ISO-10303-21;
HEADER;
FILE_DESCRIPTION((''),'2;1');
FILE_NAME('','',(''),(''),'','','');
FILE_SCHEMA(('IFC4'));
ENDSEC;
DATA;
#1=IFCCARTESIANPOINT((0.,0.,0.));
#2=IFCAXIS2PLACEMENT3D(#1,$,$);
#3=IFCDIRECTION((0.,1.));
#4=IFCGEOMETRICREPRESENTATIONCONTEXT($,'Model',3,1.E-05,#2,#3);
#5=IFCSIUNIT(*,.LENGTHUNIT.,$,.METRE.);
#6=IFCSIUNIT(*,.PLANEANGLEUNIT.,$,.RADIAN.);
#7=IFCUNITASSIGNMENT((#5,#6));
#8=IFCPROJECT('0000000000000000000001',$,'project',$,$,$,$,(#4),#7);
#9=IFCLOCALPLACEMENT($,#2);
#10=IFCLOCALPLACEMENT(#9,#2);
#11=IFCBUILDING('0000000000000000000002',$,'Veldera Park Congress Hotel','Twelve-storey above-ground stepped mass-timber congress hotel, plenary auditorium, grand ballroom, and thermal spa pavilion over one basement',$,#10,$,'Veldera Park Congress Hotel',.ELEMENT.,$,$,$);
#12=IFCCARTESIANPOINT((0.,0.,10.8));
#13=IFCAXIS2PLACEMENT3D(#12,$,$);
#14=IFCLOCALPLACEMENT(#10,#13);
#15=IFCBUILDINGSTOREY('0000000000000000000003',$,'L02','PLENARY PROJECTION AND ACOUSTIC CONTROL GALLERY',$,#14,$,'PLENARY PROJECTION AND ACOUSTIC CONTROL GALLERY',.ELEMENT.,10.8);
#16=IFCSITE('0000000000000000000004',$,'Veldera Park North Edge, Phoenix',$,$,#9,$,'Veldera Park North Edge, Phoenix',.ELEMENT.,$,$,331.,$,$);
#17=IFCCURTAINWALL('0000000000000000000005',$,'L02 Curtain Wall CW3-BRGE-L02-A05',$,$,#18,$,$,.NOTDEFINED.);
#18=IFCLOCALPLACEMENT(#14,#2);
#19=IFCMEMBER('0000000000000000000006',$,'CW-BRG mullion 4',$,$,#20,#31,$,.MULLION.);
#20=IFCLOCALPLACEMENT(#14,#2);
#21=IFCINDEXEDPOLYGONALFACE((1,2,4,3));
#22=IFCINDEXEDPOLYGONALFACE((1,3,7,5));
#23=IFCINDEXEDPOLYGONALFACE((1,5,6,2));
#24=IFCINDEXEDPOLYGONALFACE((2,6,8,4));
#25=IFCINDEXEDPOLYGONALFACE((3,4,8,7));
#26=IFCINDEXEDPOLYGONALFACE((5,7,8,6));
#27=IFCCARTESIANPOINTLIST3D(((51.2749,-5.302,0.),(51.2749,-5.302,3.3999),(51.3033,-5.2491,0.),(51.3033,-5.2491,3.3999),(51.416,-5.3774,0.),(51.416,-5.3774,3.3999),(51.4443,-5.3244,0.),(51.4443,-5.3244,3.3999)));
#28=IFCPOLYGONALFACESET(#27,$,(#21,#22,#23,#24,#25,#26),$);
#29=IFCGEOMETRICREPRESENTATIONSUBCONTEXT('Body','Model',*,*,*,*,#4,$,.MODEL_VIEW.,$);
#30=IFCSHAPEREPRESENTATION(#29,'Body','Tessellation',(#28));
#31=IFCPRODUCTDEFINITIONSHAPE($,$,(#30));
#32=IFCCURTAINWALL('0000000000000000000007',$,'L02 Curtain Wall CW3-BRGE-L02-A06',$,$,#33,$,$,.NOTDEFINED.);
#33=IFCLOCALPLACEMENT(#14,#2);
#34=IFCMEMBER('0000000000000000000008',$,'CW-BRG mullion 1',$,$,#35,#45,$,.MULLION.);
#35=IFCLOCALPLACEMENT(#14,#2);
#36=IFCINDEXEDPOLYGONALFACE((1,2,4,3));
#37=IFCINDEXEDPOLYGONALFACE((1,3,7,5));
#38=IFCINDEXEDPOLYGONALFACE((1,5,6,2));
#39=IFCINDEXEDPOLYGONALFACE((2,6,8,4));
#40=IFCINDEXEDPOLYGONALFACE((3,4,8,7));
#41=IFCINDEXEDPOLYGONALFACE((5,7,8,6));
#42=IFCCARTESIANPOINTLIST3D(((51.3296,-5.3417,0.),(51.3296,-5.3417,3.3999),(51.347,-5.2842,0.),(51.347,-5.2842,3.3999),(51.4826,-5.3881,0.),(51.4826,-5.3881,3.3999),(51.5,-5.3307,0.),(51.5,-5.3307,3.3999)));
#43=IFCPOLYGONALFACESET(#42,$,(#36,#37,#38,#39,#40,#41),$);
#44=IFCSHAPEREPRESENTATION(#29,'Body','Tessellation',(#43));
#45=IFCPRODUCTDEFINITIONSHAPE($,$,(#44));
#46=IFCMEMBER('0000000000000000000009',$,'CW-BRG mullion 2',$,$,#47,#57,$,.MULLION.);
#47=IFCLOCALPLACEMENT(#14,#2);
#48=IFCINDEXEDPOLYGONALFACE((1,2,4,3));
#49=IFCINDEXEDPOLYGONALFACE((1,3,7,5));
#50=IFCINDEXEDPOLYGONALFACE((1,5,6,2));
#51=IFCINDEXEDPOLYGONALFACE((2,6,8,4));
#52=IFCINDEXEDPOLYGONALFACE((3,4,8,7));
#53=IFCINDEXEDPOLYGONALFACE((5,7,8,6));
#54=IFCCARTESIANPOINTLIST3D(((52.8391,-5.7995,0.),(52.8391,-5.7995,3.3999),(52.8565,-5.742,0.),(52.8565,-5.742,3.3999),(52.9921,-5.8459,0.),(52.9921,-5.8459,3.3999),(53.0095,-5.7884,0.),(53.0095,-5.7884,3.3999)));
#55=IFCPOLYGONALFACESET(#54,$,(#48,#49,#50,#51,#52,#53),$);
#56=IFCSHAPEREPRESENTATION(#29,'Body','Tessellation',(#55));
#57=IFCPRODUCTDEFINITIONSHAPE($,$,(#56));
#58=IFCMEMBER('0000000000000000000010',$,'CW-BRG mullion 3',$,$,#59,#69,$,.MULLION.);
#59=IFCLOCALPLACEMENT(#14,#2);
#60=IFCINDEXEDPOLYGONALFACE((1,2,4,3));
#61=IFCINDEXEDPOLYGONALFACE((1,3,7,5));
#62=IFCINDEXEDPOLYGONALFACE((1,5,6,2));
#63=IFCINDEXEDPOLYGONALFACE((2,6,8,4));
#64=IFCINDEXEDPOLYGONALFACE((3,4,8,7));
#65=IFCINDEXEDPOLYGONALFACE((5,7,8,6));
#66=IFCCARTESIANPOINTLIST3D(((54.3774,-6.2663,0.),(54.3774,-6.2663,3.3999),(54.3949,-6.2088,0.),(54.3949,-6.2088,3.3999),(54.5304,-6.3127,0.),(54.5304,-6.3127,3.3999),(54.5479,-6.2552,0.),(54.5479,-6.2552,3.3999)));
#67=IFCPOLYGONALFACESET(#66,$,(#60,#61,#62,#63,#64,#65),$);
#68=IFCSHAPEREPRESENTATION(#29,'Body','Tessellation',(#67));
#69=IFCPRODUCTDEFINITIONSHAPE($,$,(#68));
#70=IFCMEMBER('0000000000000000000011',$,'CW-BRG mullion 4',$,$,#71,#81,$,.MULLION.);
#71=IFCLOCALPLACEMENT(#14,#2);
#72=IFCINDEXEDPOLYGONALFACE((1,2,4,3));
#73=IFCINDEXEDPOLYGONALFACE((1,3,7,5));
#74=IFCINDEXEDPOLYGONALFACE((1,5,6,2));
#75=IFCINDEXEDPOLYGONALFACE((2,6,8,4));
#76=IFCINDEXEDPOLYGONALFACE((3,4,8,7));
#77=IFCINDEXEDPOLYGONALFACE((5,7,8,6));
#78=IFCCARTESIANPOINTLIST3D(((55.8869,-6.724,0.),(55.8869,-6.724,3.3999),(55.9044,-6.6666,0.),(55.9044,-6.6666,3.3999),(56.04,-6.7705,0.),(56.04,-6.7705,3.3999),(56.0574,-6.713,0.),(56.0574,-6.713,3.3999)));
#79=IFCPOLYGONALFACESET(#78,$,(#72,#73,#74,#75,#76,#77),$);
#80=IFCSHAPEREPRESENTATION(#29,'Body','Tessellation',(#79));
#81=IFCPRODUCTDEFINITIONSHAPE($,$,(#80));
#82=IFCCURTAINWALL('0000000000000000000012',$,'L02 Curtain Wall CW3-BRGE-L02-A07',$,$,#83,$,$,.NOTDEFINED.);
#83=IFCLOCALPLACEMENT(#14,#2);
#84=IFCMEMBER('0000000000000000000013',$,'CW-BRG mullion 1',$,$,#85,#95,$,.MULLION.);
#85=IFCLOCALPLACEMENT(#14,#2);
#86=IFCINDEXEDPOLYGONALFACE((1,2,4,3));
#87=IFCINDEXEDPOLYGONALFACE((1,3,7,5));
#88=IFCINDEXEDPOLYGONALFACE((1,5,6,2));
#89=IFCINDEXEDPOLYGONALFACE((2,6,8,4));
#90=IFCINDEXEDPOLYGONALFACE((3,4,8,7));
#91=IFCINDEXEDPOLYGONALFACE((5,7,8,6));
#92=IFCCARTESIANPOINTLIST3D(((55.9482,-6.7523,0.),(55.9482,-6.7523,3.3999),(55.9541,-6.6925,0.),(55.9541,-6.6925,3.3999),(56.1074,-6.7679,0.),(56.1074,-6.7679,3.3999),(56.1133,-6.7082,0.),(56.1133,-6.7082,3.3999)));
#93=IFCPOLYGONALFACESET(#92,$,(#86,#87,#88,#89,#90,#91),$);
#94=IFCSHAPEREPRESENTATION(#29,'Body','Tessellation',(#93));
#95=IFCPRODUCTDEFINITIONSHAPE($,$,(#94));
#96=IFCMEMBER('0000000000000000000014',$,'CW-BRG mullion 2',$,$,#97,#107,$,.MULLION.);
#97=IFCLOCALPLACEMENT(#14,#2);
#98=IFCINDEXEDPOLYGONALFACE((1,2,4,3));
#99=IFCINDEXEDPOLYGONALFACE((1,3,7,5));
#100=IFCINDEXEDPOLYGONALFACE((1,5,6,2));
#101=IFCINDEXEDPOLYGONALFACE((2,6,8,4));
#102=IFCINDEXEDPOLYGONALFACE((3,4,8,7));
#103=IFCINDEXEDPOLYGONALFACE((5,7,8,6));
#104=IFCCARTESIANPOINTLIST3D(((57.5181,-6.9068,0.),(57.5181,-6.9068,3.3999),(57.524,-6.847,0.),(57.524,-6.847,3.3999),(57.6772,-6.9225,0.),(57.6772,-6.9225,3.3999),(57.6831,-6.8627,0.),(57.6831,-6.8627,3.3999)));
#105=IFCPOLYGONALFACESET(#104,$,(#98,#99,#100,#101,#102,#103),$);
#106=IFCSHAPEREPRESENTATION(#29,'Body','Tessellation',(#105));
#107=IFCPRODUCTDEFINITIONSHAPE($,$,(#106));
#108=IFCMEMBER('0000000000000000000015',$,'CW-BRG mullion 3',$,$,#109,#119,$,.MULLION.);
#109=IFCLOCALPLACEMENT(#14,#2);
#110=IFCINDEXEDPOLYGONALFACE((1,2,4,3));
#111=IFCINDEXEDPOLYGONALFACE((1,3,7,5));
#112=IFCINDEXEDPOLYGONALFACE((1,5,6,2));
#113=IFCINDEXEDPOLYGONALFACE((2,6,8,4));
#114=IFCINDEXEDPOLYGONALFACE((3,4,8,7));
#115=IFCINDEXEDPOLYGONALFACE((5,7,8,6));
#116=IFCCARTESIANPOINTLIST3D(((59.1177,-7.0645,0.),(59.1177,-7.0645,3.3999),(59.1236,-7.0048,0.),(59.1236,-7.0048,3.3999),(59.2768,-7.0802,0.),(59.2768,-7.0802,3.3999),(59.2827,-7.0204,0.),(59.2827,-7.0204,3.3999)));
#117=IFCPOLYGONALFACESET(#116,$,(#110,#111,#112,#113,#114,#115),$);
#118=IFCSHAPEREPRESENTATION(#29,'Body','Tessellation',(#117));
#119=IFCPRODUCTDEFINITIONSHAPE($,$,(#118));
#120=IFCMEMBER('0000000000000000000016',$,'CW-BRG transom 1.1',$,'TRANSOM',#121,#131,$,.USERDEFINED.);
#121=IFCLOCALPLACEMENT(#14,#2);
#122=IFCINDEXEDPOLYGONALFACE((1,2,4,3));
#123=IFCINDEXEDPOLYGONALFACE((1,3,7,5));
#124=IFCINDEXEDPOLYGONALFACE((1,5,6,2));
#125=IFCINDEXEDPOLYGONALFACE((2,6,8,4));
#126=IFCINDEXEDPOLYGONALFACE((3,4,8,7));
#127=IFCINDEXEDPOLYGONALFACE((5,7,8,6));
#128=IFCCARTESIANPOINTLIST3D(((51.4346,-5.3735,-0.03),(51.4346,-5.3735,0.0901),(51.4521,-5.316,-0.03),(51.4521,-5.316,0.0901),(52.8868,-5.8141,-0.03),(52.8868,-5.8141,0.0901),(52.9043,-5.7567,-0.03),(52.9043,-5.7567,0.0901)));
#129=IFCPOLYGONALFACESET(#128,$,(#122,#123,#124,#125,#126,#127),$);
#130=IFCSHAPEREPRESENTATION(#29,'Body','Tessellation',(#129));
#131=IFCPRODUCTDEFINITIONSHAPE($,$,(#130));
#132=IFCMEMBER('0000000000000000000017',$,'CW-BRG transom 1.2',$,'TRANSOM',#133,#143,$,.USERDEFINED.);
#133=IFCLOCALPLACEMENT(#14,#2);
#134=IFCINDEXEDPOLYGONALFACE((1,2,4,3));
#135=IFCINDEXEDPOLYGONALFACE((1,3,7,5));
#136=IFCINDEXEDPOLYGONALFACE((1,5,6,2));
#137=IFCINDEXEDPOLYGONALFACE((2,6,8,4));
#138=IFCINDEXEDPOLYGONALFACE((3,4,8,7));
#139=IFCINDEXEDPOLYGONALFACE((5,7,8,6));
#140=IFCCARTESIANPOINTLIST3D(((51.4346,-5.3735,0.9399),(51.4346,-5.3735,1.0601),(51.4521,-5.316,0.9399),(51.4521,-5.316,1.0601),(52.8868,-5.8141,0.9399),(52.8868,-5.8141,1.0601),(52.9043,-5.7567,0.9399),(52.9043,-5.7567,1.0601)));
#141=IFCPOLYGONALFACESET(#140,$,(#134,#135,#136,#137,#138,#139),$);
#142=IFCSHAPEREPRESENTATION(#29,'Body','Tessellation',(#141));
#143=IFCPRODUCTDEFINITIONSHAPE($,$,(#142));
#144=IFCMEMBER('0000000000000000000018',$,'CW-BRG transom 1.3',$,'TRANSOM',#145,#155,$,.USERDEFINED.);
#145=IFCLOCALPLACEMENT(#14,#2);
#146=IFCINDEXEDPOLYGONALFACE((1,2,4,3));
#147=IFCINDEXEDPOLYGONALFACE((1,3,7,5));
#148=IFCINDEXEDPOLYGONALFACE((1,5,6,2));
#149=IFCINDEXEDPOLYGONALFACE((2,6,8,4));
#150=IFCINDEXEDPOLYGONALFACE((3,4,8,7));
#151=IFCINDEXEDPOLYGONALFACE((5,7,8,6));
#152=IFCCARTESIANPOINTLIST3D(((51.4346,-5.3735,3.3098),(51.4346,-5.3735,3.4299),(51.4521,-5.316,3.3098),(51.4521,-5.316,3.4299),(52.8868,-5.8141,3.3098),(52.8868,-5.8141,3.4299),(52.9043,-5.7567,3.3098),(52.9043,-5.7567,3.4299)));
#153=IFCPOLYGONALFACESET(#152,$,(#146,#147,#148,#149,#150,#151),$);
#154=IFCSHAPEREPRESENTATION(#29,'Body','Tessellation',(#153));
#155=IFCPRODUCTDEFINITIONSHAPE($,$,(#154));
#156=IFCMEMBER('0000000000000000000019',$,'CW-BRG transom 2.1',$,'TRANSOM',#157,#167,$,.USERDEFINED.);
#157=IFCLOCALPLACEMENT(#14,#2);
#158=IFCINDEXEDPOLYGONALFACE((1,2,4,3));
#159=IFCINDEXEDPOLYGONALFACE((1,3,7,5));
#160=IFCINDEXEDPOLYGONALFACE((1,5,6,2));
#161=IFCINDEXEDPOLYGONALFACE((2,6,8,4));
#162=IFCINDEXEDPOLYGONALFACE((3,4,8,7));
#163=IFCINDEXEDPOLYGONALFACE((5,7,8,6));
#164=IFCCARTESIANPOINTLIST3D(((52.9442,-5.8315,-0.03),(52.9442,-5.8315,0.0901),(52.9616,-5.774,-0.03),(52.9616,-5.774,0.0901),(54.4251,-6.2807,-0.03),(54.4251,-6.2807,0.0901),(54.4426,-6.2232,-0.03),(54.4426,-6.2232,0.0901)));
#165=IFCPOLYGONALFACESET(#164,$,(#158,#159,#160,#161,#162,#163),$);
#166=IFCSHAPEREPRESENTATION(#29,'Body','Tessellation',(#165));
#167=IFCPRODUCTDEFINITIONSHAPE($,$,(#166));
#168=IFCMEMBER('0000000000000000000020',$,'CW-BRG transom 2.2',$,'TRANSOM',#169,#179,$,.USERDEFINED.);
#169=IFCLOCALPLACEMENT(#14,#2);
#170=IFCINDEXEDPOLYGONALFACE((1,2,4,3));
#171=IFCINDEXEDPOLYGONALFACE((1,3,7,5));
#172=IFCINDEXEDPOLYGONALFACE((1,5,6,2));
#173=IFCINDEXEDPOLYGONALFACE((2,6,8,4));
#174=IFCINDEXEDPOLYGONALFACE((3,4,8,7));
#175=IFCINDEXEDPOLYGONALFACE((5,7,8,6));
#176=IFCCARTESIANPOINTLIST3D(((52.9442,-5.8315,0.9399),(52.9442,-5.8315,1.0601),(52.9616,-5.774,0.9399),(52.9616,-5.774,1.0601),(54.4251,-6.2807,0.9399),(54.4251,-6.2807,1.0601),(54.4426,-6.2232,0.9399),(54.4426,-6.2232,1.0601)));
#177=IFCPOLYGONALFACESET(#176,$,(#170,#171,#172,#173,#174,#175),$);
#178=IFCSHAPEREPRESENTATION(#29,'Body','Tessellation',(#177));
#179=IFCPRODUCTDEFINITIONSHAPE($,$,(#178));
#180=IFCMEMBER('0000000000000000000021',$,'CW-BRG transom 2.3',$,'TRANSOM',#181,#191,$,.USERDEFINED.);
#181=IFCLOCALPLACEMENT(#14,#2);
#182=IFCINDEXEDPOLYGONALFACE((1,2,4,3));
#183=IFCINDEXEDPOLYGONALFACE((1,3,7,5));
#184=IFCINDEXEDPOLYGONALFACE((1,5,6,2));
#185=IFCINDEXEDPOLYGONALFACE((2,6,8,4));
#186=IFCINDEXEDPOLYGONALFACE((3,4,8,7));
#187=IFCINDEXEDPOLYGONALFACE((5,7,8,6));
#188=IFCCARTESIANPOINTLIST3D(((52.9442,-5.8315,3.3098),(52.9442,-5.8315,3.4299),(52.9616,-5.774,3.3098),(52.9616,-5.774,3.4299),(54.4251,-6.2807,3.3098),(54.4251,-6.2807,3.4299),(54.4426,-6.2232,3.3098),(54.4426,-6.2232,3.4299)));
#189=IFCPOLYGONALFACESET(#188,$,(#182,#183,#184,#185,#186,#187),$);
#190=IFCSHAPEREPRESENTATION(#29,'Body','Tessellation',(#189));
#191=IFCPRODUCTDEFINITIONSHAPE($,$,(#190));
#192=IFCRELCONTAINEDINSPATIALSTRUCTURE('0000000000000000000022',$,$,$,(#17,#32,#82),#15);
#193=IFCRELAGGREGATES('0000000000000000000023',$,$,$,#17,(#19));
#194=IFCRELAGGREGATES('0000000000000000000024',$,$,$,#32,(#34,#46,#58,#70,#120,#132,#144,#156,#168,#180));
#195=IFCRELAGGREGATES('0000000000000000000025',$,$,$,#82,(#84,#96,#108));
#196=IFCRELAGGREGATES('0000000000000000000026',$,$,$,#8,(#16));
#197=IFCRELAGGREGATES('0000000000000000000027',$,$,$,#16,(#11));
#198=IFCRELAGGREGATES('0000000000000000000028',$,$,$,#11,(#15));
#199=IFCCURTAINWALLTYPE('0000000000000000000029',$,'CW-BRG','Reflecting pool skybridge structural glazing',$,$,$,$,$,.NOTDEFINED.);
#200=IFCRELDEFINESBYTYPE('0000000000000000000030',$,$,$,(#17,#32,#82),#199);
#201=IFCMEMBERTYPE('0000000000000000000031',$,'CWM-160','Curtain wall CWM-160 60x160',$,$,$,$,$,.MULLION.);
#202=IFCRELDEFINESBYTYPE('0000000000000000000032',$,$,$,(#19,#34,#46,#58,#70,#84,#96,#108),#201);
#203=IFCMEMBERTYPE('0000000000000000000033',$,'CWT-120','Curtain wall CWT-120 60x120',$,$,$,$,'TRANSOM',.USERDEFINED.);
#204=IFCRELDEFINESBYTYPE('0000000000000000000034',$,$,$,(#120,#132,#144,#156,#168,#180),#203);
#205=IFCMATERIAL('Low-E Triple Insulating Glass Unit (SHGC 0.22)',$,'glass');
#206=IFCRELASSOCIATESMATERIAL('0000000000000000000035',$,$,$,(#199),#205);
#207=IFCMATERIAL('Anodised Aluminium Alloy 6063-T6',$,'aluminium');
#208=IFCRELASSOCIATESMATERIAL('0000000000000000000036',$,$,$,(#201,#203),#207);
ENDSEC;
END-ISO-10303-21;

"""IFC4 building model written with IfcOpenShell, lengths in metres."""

from ifc_helpers import new_model, si_unit, direction, frame, origin, origin_2d, place, context, subcontext, project, spatial, rectangle, extrude, material, material_profile, profile_set, type_object, element, aggregate, save


model = new_model("IFC4")

# Units and contexts
model_context = context("Model", 3, precision=1e-05, world=origin(), true_north=direction((0.0, 1.0)))
body_context = subcontext(model_context, "Body", "Model", "MODEL_VIEW")
ifc_project = project(units=[si_unit("LENGTHUNIT", "METRE"), si_unit("PLANEANGLEUNIT", "RADIAN")], contexts=[model_context])

# Site, building, storey
site_placement = place(None, origin())
site = spatial("IfcSite", under=ifc_project, at=site_placement, Name="Veldera Park North Edge, Phoenix", LongName="Veldera Park North Edge, Phoenix", CompositionType="ELEMENT", RefElevation=331.0)
building_placement = place(site_placement, origin())
building = spatial("IfcBuilding", under=site, at=building_placement, Name="Veldera Park Congress Hotel", Description="Twelve-storey above-ground stepped mass-timber congress hotel, plenary auditorium, grand ballroom, and thermal spa pavilion over one basement", LongName="Veldera Park Congress Hotel", CompositionType="ELEMENT")
storey_placement = place(building_placement, frame((0.0, 0.0, 10.8)))
storey = spatial("IfcBuildingStorey", under=building, at=storey_placement, Name="L02", Description="PLENARY PROJECTION AND ACOUSTIC CONTROL GALLERY", LongName="PLENARY PROJECTION AND ACOUSTIC CONTROL GALLERY", CompositionType="ELEMENT", Elevation=10.8)

# Curtain wall, member
ifc_material_1 = material(Name="Low-E Triple Insulating Glass Unit (SHGC 0.22)", Category="glass")
curtain_wall_type = type_object("IfcCurtainWallType", Name="CW-BRG", Description="Reflecting pool skybridge structural glazing", PredefinedType="NOTDEFINED", material=ifc_material_1)
curtain_wall_1_placement = place(storey_placement, origin())
curtain_wall_1 = element("IfcCurtainWall", 1, at=curtain_wall_1_placement, inside=storey, type_object=curtain_wall_type, Name="L02 Curtain Wall CW3-BRGE-L02-A05", PredefinedType="NOTDEFINED")
ifc_material_2 = material(Name="Anodised Aluminium Alloy 6063-T6", Category="aluminium")
ifc_material_profile_1 = material_profile(ifc_material_2, rectangle(XDim=0.0601, YDim=0.1599, at=origin_2d()), Name="ALU 60x160")
ifc_profile_set_1 = profile_set([ifc_material_profile_1], Name="Anodised Aluminium Alloy 6063-T6")
member_type_1 = type_object("IfcMemberType", Name="CWM-160", Description="Curtain wall CWM-160 60x160", PredefinedType="MULLION", material=ifc_profile_set_1)
member_1_placement = place(storey_placement, frame((51.3596, -5.3132, 0.0), z_axis=(0.0, 0.0, 1.0), x_axis=(0.471385, 0.881928, 0.0)))
member_1 = element("IfcMember", 2, at=member_1_placement, type_object=member_type_1, Name="CW-BRG mullion 4", PredefinedType="MULLION", context=body_context, shape_type="SweptSolid", body=[
    extrude(rectangle(XDim=0.0601, YDim=0.1599, at=origin_2d()), origin(), (0.0, 0.0, 1.0), 3.3999),
])

# Curtain walls, members
curtain_wall_2_placement = place(storey_placement, origin())
curtain_wall_2 = element("IfcCurtainWall", 3, at=curtain_wall_2_placement, inside=storey, type_object=curtain_wall_type, Name="L02 Curtain Wall CW3-BRGE-L02-A06", PredefinedType="NOTDEFINED")
member_2_placement = place(storey_placement, frame((51.4148, -5.3362, 0.0), z_axis=(0.0, 0.0, 1.0), x_axis=(0.290288, 0.956939, 0.0)))
member_2 = element("IfcMember", 4, at=member_2_placement, type_object=member_type_1, Name="CW-BRG mullion 1", PredefinedType="MULLION", context=body_context, shape_type="SweptSolid", body=[
    extrude(rectangle(XDim=0.0601, YDim=0.1599, at=origin_2d()), origin(), (0.0, 0.0, 1.0), 3.3999),
])
member_3_placement = place(storey_placement, frame((52.9243, -5.7939, 0.0), z_axis=(0.0, 0.0, 1.0), x_axis=(0.290288, 0.956939, 0.0)))
member_3 = element("IfcMember", 5, at=member_3_placement, type_object=member_type_1, Name="CW-BRG mullion 2", PredefinedType="MULLION", context=body_context, shape_type="SweptSolid", body=[
    extrude(rectangle(XDim=0.0601, YDim=0.1599, at=origin_2d()), origin(), (0.0, 0.0, 1.0), 3.3999),
])
member_4_placement = place(storey_placement, frame((54.4626, -6.2607, 0.0), z_axis=(0.0, 0.0, 1.0), x_axis=(0.290288, 0.956939, 0.0)))
member_4 = element("IfcMember", 6, at=member_4_placement, type_object=member_type_1, Name="CW-BRG mullion 3", PredefinedType="MULLION", context=body_context, shape_type="SweptSolid", body=[
    extrude(rectangle(XDim=0.0601, YDim=0.1599, at=origin_2d()), origin(), (0.0, 0.0, 1.0), 3.3999),
])
member_5_placement = place(storey_placement, frame((55.9722, -6.7185, 0.0), z_axis=(0.0, 0.0, 1.0), x_axis=(0.290288, 0.956939, 0.0)))
member_5 = element("IfcMember", 7, at=member_5_placement, type_object=member_type_1, Name="CW-BRG mullion 4", PredefinedType="MULLION", context=body_context, shape_type="SweptSolid", body=[
    extrude(rectangle(XDim=0.0601, YDim=0.1599, at=origin_2d()), origin(), (0.0, 0.0, 1.0), 3.3999),
])
curtain_wall_3_placement = place(storey_placement, origin())
curtain_wall_3 = element("IfcCurtainWall", 8, at=curtain_wall_3_placement, inside=storey, type_object=curtain_wall_type, Name="L02 Curtain Wall CW3-BRGE-L02-A07", PredefinedType="NOTDEFINED")
member_6_placement = place(storey_placement, frame((56.0308, -6.7302, 0.0), z_axis=(0.0, 0.0, 1.0), x_axis=(0.098021, 0.995184, 0.0)))
member_6 = element("IfcMember", 9, at=member_6_placement, type_object=member_type_1, Name="CW-BRG mullion 1", PredefinedType="MULLION", context=body_context, shape_type="SweptSolid", body=[
    extrude(rectangle(XDim=0.0601, YDim=0.1599, at=origin_2d()), origin(), (0.0, 0.0, 1.0), 3.3999),
])
member_7_placement = place(storey_placement, frame((57.6006, -6.8848, 0.0), z_axis=(0.0, 0.0, 1.0), x_axis=(0.098021, 0.995184, 0.0)))
member_7 = element("IfcMember", 10, at=member_7_placement, type_object=member_type_1, Name="CW-BRG mullion 2", PredefinedType="MULLION", context=body_context, shape_type="SweptSolid", body=[
    extrude(rectangle(XDim=0.0601, YDim=0.1599, at=origin_2d()), origin(), (0.0, 0.0, 1.0), 3.3999),
])
member_8_placement = place(storey_placement, frame((59.2002, -7.0425, 0.0), z_axis=(0.0, 0.0, 1.0), x_axis=(0.098021, 0.995184, 0.0)))
member_8 = element("IfcMember", 11, at=member_8_placement, type_object=member_type_1, Name="CW-BRG mullion 3", PredefinedType="MULLION", context=body_context, shape_type="SweptSolid", body=[
    extrude(rectangle(XDim=0.0601, YDim=0.1599, at=origin_2d()), origin(), (0.0, 0.0, 1.0), 3.3999),
])

# Members
ifc_material_profile_2 = material_profile(ifc_material_2, rectangle(XDim=0.0601, YDim=0.1201, at=origin_2d()), Name="ALU 60x120")
ifc_profile_set_2 = profile_set([ifc_material_profile_2], Name="Anodised Aluminium Alloy 6063-T6")
member_type_2 = type_object("IfcMemberType", Name="CWT-120", Description="Curtain wall CWT-120 60x120", ElementType="TRANSOM", PredefinedType="USERDEFINED", material=ifc_profile_set_2)
member_9_placement = place(storey_placement, frame((51.4434, -5.3447, 0.03), z_axis=(0.956909, -0.290387, 0.0), x_axis=(0.290387, 0.956909, 0.0)))
member_9 = element("IfcMember", 12, at=member_9_placement, type_object=member_type_2, Name="CW-BRG transom 1.1", ObjectType="TRANSOM", PredefinedType="USERDEFINED", context=body_context, shape_type="SweptSolid", body=[
    extrude(rectangle(XDim=0.0601, YDim=0.1201, at=origin_2d()), origin(), (0.0, 0.0, 1.0), 1.5176),
])
member_10_placement = place(storey_placement, frame((51.4434, -5.3447, 1.0), z_axis=(0.956909, -0.290387, 0.0), x_axis=(0.290387, 0.956909, 0.0)))
member_10 = element("IfcMember", 13, at=member_10_placement, type_object=member_type_2, Name="CW-BRG transom 1.2", ObjectType="TRANSOM", PredefinedType="USERDEFINED", context=body_context, shape_type="SweptSolid", body=[
    extrude(rectangle(XDim=0.0601, YDim=0.1201, at=origin_2d()), origin(), (0.0, 0.0, 1.0), 1.5176),
])
member_11_placement = place(storey_placement, frame((51.4434, -5.3447, 3.3699), z_axis=(0.956909, -0.290387, 0.0), x_axis=(0.290387, 0.956909, 0.0)))
member_11 = element("IfcMember", 14, at=member_11_placement, type_object=member_type_2, Name="CW-BRG transom 1.3", ObjectType="TRANSOM", PredefinedType="USERDEFINED", context=body_context, shape_type="SweptSolid", body=[
    extrude(rectangle(XDim=0.0601, YDim=0.1201, at=origin_2d()), origin(), (0.0, 0.0, 1.0), 1.5176),
])
member_12_placement = place(storey_placement, frame((52.9529, -5.8027, 0.03), z_axis=(0.956945, -0.29027, 0.0), x_axis=(0.29027, 0.956945, 0.0)))
member_12 = element("IfcMember", 15, at=member_12_placement, type_object=member_type_2, Name="CW-BRG transom 2.1", ObjectType="TRANSOM", PredefinedType="USERDEFINED", context=body_context, shape_type="SweptSolid", body=[
    extrude(rectangle(XDim=0.0601, YDim=0.1201, at=origin_2d()), origin(), (0.0, 0.0, 1.0), 1.5476),
])
member_13_placement = place(storey_placement, frame((52.9529, -5.8027, 1.0), z_axis=(0.956945, -0.29027, 0.0), x_axis=(0.29027, 0.956945, 0.0)))
member_13 = element("IfcMember", 16, at=member_13_placement, type_object=member_type_2, Name="CW-BRG transom 2.2", ObjectType="TRANSOM", PredefinedType="USERDEFINED", context=body_context, shape_type="SweptSolid", body=[
    extrude(rectangle(XDim=0.0601, YDim=0.1201, at=origin_2d()), origin(), (0.0, 0.0, 1.0), 1.5476),
])
member_14_placement = place(storey_placement, frame((52.9529, -5.8027, 3.3699), z_axis=(0.956945, -0.29027, 0.0), x_axis=(0.29027, 0.956945, 0.0)))
member_14 = element("IfcMember", 17, at=member_14_placement, type_object=member_type_2, Name="CW-BRG transom 2.3", ObjectType="TRANSOM", PredefinedType="USERDEFINED", context=body_context, shape_type="SweptSolid", body=[
    extrude(rectangle(XDim=0.0601, YDim=0.1201, at=origin_2d()), origin(), (0.0, 0.0, 1.0), 1.5476),
])

aggregate(curtain_wall_1, [member_1])
aggregate(curtain_wall_2, [member_2, member_3, member_4, member_5, member_9, member_10, member_11, member_12, member_13, member_14])
aggregate(curtain_wall_3, [member_6, member_7, member_8])

save(model, "model.ifc")
